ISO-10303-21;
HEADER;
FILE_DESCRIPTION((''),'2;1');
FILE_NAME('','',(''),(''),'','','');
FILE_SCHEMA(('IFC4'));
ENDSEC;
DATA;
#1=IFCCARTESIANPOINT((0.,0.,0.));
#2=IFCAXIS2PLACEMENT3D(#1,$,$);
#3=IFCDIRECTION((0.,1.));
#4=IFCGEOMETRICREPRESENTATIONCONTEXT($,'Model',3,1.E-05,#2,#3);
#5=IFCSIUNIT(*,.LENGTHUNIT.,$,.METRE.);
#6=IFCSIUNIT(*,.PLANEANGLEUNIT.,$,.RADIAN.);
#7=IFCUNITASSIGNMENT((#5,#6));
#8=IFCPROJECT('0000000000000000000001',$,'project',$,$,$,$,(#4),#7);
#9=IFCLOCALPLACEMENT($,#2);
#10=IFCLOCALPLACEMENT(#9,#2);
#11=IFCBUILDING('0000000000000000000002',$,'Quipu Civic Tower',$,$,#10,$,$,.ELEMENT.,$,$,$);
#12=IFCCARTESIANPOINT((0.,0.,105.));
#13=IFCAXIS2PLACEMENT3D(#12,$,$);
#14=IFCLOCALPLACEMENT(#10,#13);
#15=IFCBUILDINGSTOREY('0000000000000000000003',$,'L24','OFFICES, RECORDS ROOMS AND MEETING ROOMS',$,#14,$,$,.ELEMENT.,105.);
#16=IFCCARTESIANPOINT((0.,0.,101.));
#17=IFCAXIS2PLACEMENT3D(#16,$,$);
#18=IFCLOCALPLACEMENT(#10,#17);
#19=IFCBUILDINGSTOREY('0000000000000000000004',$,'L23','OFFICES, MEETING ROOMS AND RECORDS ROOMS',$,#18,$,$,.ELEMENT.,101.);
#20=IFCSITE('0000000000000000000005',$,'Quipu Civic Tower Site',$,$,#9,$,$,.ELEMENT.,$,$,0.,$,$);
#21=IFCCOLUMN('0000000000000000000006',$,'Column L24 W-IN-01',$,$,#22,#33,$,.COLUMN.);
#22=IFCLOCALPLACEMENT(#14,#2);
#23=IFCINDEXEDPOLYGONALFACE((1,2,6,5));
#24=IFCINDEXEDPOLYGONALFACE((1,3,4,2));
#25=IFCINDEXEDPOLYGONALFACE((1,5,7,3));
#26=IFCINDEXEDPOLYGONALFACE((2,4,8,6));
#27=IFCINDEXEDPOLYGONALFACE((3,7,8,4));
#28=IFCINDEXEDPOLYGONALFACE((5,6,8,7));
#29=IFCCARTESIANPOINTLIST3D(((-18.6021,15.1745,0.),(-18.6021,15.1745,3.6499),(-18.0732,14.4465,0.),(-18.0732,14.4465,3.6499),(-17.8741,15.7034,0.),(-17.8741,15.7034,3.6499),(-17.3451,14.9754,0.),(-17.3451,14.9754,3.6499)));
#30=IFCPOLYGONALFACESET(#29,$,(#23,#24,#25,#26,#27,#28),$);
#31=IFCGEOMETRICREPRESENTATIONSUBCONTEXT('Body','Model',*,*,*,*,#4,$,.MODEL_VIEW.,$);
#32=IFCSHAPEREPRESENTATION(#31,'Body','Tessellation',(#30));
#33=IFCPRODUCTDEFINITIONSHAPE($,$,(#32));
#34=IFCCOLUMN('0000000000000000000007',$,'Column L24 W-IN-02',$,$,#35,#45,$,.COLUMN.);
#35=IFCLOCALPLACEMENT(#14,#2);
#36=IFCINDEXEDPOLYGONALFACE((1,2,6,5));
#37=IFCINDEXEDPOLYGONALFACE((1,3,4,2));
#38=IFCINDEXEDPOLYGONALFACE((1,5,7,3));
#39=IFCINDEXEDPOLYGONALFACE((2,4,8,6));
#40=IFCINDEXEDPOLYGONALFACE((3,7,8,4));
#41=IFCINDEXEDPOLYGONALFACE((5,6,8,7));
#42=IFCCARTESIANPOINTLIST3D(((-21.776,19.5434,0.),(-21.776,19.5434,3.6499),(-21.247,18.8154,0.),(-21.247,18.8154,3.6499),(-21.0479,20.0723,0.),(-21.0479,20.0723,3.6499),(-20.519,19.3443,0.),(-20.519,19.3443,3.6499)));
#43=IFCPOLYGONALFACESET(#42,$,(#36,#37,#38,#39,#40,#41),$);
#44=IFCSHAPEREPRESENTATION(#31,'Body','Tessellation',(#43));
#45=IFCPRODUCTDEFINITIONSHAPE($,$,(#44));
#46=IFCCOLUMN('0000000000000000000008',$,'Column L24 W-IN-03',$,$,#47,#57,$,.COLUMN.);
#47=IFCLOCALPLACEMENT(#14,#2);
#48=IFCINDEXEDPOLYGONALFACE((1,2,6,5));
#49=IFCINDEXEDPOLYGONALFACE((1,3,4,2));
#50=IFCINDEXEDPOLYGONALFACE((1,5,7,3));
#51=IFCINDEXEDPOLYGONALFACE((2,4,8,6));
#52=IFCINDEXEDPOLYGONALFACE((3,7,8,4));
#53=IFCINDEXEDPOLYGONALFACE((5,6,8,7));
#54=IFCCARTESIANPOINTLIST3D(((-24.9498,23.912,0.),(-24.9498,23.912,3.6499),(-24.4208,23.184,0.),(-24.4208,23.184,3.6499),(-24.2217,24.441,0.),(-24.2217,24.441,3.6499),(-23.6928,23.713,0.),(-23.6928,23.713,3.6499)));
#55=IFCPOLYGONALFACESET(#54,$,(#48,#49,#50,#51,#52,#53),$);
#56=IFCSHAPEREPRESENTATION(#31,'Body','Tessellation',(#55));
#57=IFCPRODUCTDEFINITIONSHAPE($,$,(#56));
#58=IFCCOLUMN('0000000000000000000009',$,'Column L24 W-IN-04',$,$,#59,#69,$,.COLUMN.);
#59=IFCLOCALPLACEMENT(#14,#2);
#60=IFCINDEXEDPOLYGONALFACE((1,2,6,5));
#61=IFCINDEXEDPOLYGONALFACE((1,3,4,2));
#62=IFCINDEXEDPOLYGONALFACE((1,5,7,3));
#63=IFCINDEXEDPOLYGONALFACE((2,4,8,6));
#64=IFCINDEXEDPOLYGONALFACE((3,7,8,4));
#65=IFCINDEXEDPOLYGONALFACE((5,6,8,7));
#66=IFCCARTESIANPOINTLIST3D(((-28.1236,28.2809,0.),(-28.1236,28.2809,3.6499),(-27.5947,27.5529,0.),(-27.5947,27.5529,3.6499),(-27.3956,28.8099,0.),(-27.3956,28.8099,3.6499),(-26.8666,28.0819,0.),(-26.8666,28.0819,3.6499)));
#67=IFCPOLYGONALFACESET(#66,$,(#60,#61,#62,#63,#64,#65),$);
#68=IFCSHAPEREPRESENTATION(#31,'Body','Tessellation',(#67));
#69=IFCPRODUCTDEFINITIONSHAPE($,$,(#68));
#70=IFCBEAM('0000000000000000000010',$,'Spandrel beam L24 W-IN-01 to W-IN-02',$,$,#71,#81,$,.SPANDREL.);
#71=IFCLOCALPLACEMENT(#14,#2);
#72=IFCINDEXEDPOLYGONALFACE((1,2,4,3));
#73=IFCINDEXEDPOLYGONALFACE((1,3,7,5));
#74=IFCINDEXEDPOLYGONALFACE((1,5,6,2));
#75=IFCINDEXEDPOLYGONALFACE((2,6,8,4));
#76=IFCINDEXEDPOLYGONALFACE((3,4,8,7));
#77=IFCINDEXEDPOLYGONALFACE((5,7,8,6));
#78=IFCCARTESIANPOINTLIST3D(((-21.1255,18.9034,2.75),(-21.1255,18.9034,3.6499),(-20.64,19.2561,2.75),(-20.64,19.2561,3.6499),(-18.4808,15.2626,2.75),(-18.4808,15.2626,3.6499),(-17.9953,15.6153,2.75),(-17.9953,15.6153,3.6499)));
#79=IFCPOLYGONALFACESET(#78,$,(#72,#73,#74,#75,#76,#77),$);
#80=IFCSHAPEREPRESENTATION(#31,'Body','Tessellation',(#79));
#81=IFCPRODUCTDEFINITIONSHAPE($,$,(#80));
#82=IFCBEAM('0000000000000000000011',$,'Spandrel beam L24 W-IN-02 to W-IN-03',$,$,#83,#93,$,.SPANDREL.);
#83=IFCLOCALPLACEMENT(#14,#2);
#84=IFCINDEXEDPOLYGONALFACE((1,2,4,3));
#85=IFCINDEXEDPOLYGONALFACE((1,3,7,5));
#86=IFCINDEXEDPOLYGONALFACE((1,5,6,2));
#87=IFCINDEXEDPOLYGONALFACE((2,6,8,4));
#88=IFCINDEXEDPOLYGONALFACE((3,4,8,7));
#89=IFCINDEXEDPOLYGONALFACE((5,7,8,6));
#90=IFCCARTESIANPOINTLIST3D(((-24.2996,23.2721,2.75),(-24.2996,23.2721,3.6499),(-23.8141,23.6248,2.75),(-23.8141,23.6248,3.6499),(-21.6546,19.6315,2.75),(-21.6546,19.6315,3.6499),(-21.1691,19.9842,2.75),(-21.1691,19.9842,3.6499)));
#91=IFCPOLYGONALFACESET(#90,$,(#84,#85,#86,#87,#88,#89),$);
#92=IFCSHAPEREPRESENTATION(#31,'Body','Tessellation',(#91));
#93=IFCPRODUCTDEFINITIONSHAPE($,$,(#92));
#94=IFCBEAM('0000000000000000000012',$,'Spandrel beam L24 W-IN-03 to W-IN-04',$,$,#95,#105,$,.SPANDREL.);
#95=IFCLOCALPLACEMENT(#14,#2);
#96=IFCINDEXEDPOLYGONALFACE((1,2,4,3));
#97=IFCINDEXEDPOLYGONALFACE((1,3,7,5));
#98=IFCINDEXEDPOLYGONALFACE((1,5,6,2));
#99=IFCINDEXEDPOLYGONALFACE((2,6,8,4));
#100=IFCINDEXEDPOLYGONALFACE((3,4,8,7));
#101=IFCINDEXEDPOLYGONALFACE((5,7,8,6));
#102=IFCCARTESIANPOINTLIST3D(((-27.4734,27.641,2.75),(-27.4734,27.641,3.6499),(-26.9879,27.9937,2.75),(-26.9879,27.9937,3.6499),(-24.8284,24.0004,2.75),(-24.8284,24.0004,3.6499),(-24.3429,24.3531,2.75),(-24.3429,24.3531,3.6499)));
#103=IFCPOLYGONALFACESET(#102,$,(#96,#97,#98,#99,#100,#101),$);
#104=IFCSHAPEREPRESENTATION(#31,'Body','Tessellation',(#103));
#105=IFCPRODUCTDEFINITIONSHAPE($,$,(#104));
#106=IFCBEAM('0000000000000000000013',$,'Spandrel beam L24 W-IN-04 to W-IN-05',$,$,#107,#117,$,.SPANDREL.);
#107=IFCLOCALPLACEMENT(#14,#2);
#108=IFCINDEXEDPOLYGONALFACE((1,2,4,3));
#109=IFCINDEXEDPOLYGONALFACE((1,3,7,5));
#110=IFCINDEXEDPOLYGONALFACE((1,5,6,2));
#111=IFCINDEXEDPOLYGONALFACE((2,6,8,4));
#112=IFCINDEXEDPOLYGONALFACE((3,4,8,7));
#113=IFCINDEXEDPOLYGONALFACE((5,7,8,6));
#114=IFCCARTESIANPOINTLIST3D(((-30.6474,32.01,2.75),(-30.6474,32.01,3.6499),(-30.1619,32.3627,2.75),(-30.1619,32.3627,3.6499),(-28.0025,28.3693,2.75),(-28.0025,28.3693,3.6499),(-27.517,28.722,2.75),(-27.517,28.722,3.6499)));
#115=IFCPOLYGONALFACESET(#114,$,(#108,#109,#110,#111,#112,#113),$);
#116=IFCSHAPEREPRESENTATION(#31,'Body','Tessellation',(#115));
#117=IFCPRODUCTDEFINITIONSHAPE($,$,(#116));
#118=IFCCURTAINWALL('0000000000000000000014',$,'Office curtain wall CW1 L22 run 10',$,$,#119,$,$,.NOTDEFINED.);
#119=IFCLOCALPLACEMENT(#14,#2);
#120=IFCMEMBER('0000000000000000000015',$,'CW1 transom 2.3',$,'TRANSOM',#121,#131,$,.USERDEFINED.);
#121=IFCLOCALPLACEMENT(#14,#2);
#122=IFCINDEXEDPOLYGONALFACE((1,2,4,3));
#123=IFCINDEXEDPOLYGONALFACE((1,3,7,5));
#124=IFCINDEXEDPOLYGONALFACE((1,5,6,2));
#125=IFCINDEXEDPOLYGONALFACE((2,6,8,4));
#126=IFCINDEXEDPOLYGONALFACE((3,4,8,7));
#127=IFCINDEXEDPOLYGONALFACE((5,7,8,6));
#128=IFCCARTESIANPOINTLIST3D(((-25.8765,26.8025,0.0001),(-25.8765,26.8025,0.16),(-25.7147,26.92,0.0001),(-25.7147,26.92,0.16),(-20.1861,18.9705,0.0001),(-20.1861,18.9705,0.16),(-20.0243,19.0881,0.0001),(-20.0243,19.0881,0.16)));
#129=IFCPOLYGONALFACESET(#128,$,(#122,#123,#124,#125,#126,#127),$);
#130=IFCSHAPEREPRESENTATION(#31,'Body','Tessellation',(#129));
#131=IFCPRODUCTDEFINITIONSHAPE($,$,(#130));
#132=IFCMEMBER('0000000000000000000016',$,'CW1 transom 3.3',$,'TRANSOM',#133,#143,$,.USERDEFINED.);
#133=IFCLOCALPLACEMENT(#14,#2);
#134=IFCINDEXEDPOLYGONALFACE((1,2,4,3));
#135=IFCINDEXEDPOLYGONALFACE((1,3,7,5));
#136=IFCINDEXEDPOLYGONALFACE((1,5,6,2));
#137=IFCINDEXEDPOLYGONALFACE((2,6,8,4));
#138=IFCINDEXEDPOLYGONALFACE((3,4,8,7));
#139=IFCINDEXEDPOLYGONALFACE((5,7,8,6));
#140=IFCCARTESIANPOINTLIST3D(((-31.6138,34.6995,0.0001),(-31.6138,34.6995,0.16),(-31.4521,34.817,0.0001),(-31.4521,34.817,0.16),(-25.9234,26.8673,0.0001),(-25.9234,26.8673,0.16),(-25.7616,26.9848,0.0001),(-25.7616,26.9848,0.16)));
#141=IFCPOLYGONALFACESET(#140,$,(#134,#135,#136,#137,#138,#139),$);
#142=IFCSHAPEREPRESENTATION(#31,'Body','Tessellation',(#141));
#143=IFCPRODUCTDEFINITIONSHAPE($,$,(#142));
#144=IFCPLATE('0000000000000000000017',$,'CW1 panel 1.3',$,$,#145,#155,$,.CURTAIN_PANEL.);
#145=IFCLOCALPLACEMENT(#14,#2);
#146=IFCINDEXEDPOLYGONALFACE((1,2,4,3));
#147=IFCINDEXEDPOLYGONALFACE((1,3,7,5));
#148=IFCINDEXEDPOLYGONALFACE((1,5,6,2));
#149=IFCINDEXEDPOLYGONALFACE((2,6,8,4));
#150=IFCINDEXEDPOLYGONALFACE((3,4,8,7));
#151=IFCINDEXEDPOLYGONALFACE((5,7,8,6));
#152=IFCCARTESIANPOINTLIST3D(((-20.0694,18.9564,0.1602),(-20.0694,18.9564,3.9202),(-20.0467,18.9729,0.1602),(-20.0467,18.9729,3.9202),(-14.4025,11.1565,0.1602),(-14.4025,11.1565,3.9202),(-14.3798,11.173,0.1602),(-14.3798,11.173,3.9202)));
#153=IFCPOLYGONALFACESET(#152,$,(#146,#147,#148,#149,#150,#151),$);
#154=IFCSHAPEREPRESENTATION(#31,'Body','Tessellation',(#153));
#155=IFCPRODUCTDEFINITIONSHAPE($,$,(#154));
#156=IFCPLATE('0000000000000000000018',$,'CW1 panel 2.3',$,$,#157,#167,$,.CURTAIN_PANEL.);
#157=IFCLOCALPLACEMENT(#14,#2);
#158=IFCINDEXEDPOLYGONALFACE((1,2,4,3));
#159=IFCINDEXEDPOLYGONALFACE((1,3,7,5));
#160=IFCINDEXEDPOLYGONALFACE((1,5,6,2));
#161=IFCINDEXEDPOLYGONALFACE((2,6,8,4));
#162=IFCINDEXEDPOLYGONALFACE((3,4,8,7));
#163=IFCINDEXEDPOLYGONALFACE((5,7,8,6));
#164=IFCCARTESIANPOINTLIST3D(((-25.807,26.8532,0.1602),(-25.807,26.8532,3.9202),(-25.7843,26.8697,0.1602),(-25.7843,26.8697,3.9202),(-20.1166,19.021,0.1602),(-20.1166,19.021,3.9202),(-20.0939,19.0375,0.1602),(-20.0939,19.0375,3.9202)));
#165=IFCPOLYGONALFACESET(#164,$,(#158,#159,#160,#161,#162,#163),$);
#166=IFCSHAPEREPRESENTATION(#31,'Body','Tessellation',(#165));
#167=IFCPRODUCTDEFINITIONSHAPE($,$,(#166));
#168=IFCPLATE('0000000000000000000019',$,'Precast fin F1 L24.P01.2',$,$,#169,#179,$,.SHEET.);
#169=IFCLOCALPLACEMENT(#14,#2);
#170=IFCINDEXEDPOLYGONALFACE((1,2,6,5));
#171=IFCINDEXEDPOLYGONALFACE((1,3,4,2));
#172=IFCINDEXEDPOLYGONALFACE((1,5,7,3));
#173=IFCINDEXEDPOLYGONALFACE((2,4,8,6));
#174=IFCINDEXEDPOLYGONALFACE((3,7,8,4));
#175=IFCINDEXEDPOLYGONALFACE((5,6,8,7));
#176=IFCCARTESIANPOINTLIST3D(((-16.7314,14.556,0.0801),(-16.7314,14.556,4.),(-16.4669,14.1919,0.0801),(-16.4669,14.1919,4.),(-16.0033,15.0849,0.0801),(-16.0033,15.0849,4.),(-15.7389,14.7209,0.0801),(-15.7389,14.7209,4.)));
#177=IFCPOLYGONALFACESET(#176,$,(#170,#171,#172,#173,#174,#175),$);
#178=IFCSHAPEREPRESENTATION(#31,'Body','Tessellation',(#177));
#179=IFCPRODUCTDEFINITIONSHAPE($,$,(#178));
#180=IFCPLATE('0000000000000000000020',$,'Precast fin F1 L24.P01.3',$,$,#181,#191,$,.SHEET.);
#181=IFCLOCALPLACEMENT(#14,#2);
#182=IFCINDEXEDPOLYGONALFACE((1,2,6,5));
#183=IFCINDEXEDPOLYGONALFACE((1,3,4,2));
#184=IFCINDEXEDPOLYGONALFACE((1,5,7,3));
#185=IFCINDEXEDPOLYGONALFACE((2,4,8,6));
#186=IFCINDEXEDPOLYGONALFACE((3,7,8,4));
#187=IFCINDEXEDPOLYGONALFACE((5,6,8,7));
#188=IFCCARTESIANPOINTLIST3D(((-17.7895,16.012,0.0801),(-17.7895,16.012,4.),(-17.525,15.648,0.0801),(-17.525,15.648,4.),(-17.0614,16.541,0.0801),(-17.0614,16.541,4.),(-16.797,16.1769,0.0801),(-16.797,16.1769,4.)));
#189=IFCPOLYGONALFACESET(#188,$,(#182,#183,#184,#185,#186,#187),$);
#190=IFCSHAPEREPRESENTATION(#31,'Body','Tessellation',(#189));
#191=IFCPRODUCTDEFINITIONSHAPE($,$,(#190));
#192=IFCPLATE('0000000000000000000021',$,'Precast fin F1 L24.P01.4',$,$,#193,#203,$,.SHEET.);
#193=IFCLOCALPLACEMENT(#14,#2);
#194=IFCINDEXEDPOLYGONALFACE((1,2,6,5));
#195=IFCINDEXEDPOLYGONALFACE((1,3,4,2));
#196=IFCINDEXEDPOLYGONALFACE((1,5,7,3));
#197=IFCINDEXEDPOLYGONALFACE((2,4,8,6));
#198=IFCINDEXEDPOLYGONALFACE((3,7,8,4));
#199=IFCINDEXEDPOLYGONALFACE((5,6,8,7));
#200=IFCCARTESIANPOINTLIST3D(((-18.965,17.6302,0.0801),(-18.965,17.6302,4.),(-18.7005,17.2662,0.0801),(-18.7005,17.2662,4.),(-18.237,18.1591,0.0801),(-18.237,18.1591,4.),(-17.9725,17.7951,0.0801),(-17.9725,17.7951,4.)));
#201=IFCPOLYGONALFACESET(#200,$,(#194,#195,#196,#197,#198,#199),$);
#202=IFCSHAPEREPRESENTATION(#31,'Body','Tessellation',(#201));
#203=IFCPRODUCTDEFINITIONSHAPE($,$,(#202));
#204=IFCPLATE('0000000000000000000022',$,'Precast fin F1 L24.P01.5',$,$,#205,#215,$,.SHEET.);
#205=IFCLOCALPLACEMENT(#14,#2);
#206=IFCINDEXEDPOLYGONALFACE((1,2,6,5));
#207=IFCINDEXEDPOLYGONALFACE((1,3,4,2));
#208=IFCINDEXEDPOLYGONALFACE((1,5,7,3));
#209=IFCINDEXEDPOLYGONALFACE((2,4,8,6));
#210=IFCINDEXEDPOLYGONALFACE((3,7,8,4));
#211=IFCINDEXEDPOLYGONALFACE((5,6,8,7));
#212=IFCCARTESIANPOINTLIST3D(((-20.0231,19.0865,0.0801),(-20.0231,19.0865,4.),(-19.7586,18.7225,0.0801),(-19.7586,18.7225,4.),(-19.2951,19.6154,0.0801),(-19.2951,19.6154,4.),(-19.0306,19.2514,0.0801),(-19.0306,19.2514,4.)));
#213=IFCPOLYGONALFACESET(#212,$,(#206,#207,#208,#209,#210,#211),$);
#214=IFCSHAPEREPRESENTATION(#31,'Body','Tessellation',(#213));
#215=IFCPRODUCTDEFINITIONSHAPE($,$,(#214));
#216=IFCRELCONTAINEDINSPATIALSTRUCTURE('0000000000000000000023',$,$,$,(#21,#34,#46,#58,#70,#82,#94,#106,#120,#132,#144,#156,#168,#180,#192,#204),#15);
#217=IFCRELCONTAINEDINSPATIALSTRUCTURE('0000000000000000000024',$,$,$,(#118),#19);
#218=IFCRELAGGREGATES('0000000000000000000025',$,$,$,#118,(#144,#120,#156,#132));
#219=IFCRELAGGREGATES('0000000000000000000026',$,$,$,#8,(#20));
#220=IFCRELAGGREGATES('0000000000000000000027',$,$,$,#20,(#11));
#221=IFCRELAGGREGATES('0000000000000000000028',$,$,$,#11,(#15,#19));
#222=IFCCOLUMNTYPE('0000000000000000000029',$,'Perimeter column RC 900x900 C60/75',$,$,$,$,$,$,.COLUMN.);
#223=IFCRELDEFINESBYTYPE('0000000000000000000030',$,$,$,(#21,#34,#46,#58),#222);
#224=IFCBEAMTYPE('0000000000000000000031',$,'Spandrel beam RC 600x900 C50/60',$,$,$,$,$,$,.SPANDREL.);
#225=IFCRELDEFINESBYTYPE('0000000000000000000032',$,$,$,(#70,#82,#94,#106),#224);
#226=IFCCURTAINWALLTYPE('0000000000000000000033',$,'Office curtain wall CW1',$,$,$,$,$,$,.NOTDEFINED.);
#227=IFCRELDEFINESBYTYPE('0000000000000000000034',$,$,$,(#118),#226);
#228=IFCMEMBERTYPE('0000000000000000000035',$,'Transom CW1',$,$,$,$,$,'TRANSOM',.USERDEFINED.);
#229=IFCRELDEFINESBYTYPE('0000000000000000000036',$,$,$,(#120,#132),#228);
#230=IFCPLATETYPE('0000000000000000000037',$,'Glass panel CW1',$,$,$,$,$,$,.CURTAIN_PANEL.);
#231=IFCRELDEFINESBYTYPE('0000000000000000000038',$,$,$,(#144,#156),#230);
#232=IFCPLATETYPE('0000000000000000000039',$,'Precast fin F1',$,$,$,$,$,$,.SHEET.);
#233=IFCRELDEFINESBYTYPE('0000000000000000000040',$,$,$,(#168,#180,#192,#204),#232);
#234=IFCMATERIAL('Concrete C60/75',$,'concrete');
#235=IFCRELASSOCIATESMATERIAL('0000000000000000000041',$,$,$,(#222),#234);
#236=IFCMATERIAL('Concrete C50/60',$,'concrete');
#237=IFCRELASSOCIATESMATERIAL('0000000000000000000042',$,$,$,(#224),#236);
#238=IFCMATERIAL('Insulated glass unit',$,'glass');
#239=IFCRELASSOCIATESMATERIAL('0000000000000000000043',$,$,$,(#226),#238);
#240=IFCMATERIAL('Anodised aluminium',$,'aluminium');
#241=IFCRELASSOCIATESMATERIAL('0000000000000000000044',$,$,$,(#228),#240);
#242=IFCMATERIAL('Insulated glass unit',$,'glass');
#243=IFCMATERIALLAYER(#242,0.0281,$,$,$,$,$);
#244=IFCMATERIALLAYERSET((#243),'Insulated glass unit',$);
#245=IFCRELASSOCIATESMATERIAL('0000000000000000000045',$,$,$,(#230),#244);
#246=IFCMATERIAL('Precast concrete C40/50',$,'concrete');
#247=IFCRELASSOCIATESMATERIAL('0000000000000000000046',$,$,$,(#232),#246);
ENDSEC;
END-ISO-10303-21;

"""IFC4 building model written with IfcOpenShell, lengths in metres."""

from ifc_helpers import new_model, si_unit, direction, frame, origin, origin_2d, place, context, subcontext, project, spatial, rectangle, extrude, material, layer, layer_set, material_profile, profile_set, type_object, element, aggregate, save


model = new_model("IFC4")

# Units and contexts
model_context = context("Model", 3, precision=1e-05, world=origin(), true_north=direction((0.0, 1.0)))
body_context = subcontext(model_context, "Body", "Model", "MODEL_VIEW")
ifc_project = project(units=[si_unit("LENGTHUNIT", "METRE"), si_unit("PLANEANGLEUNIT", "RADIAN")], contexts=[model_context])

# Site, building, storey
site_placement = place(None, origin())
site = spatial("IfcSite", under=ifc_project, at=site_placement, Name="Quipu Civic Tower Site", CompositionType="ELEMENT", RefElevation=0.0)
building_placement = place(site_placement, origin())
building = spatial("IfcBuilding", under=site, at=building_placement, Name="Quipu Civic Tower", CompositionType="ELEMENT")
storey_1_placement = place(building_placement, frame((0.0, 0.0, 105.0)))
storey_1 = spatial("IfcBuildingStorey", under=building, at=storey_1_placement, Name="L24", Description="OFFICES, RECORDS ROOMS AND MEETING ROOMS", CompositionType="ELEMENT", Elevation=105.0)

# Columns
ifc_material_1 = material(Name="Concrete C60/75", Category="concrete")
ifc_material_profile_1 = material_profile(ifc_material_1, rectangle(XDim=0.8999, YDim=0.8999, at=origin_2d()), Name="RC900x900")
ifc_profile_set_1 = profile_set([ifc_material_profile_1], Name="Concrete C60/75")
column_type = type_object("IfcColumnType", Name="Perimeter column RC 900x900 C60/75", PredefinedType="COLUMN", material=ifc_profile_set_1)
for number, where, z_axis, x_axis, name in (
    (1, (-17.9736, 15.075, 0.0), (0.0, 0.0, 1.0), (-0.587785, 0.809017, 0.0), "Column L24 W-IN-01"),
    (2, (-21.1475, 19.4438, 0.0), (0.0, 0.0, 1.0), (-0.587785, 0.809017, 0.0), "Column L24 W-IN-02"),
    (3, (-24.3213, 23.8125, 0.0), (0.0, 0.0, 1.0), (-0.587785, 0.809017, 0.0), "Column L24 W-IN-03"),
    (4, (-27.4951, 28.1814, 0.0), (0.0, 0.0, 1.0), (-0.587785, 0.809017, 0.0), "Column L24 W-IN-04"),
):
    element("IfcColumn", number, at=place(storey_1_placement, frame(where, z_axis=z_axis, x_axis=x_axis)), inside=storey_1, type_object=column_type, Name=name, PredefinedType="COLUMN", context=body_context, shape_type="SweptSolid", body=[
        extrude(rectangle(XDim=0.8999, YDim=0.8999, at=origin_2d()), origin(), (0.0, 0.0, 1.0), 3.6499),
    ])

# Beams
ifc_material_2 = material(Name="Concrete C50/60", Category="concrete")
ifc_material_profile_2 = material_profile(ifc_material_2, rectangle(XDim=0.6001, YDim=0.8999, at=origin_2d()), Name="RC600x900")
ifc_profile_set_2 = profile_set([ifc_material_profile_2], Name="Concrete C50/60")
beam_type = type_object("IfcBeamType", Name="Spandrel beam RC 600x900 C50/60", PredefinedType="SPANDREL", material=ifc_profile_set_2)
for number, where, z_axis, x_axis, name in (
    (5, (-18.238, 15.439, 3.2), (-0.587717, 0.809067, 0.0), (-0.809067, -0.587717, 0.0), "Spandrel beam L24 W-IN-01 to W-IN-02"),
    (6, (-21.4119, 19.8079, 3.2), (-0.587778, 0.809022, 0.0), (-0.809022, -0.587778, 0.0), "Spandrel beam L24 W-IN-02 to W-IN-03"),
    (7, (-24.5857, 24.1768, 3.2), (-0.587778, 0.809022, 0.0), (-0.809022, -0.587778, 0.0), "Spandrel beam L24 W-IN-03 to W-IN-04"),
    (8, (-27.7598, 28.5457, 3.2), (-0.587743, 0.809048, 0.0), (-0.809048, -0.587743, 0.0), "Spandrel beam L24 W-IN-04 to W-IN-05"),
):
    element("IfcBeam", number, at=place(storey_1_placement, frame(where, z_axis=z_axis, x_axis=x_axis)), inside=storey_1, type_object=beam_type, Name=name, PredefinedType="SPANDREL", context=body_context, shape_type="SweptSolid", body=[
        extrude(rectangle(XDim=0.6001, YDim=0.8999, at=origin_2d()), origin(), (0.0, 0.0, 1.0), 4.5),
    ])

# Shared definitions
storey_2_placement = place(building_placement, frame((0.0, 0.0, 101.0)))
storey_2 = spatial("IfcBuildingStorey", under=building, at=storey_2_placement, Name="L23", Description="OFFICES, MEETING ROOMS AND RECORDS ROOMS", CompositionType="ELEMENT", Elevation=101.0)

# Curtain wall, members, plates
ifc_material_3 = material(Name="Insulated glass unit", Category="glass")
curtain_wall_type = type_object("IfcCurtainWallType", Name="Office curtain wall CW1", PredefinedType="NOTDEFINED", material=ifc_material_3)
curtain_wall_placement = place(storey_2_placement, origin())
curtain_wall = element("IfcCurtainWall", 9, at=curtain_wall_placement, inside=storey_2, type_object=curtain_wall_type, Name="Office curtain wall CW1 L22 run 10", PredefinedType="NOTDEFINED")
ifc_material_4 = material(Name="Anodised aluminium", Category="aluminium")
ifc_material_profile_3 = material_profile(ifc_material_4, rectangle(XDim=0.2, YDim=0.1599, at=origin_2d()), Name="RECT 200x160")
ifc_profile_set_3 = profile_set([ifc_material_profile_3], Name="Anodised aluminium")
member_type = type_object("IfcMemberType", Name="Transom CW1", ElementType="TRANSOM", PredefinedType="USERDEFINED", material=ifc_profile_set_3)
member_1_placement = place(storey_1_placement, frame((-20.1052, 19.0293, 0.0801), z_axis=(-0.587794, 0.809011, 0.0), x_axis=(-0.809011, -0.587794, 0.0)))
member_1 = element("IfcMember", 10, at=member_1_placement, inside=storey_1, type_object=member_type, Name="CW1 transom 2.3", ObjectType="TRANSOM", PredefinedType="USERDEFINED", context=body_context, shape_type="SweptSolid", body=[
    extrude(rectangle(XDim=0.2, YDim=0.1599, at=origin_2d()), origin(), (0.0, 0.0, 1.0), 9.6809),
])
member_2_placement = place(storey_1_placement, frame((-25.8425, 26.926, 0.0801), z_axis=(-0.587782, 0.80902, 0.0), x_axis=(-0.80902, -0.587782, 0.0)))
member_2 = element("IfcMember", 11, at=member_2_placement, inside=storey_1, type_object=member_type, Name="CW1 transom 3.3", ObjectType="TRANSOM", PredefinedType="USERDEFINED", context=body_context, shape_type="SweptSolid", body=[
    extrude(rectangle(XDim=0.2, YDim=0.1599, at=origin_2d()), origin(), (0.0, 0.0, 1.0), 9.6812),
])
ifc_material_5 = material(Name="Insulated glass unit", Category="glass")
ifc_layer_1 = layer(ifc_material_5, 0.0281)
ifc_layer_set_1 = layer_set([ifc_layer_1], Name="Insulated glass unit")
plate_type_1 = type_object("IfcPlateType", Name="Glass panel CW1", PredefinedType="CURTAIN_PANEL", material=ifc_layer_set_1)
plate_1_placement = place(storey_1_placement, frame((-17.2246, 15.0647, 0.1602), z_axis=(0.0, 0.0, 1.0), x_axis=(-0.587786, 0.809017, 0.0)))
plate_1 = element("IfcPlate", 12, at=plate_1_placement, inside=storey_1, type_object=plate_type_1, Name="CW1 panel 1.3", PredefinedType="CURTAIN_PANEL", context=body_context, shape_type="SweptSolid", body=[
    extrude(rectangle(XDim=9.6411, YDim=0.0281, at=origin_2d()), origin(), (0.0, 0.0, 1.0), 3.76),
])
plate_2_placement = place(storey_1_placement, frame((-22.9504, 22.9453, 0.1602), z_axis=(0.0, 0.0, 1.0), x_axis=(-0.587786, 0.809017, 0.0)))
plate_2 = element("IfcPlate", 13, at=plate_2_placement, inside=storey_1, type_object=plate_type_1, Name="CW1 panel 2.3", PredefinedType="CURTAIN_PANEL", context=body_context, shape_type="SweptSolid", body=[
    extrude(rectangle(XDim=9.6812, YDim=0.0281, at=origin_2d()), origin(), (0.0, 0.0, 1.0), 3.76),
])
aggregate(curtain_wall, [plate_1, member_1, plate_2, member_2])

# Plates
ifc_material_6 = material(Name="Precast concrete C40/50", Category="concrete")
plate_type_2 = type_object("IfcPlateType", Name="Precast fin F1", PredefinedType="SHEET", material=ifc_material_6)
for number, where, z_axis, x_axis, name in (
    (14, (-16.2351, 14.6384, 0.0801), (0.0, 0.0, 1.0), (-0.587785, 0.809017, 0.0), "Precast fin F1 L24.P01.2"),
    (15, (-17.2932, 16.0945, 0.0801), (0.0, 0.0, 1.0), (-0.587785, 0.809017, 0.0), "Precast fin F1 L24.P01.3"),
    (16, (-18.4688, 17.7126, 0.0801), (0.0, 0.0, 1.0), (-0.587785, 0.809017, 0.0), "Precast fin F1 L24.P01.4"),
    (17, (-19.5269, 19.1689, 0.0801), (0.0, 0.0, 1.0), (-0.587785, 0.809017, 0.0), "Precast fin F1 L24.P01.5"),
):
    element("IfcPlate", number, at=place(storey_1_placement, frame(where, z_axis=z_axis, x_axis=x_axis)), inside=storey_1, type_object=plate_type_2, Name=name, PredefinedType="SHEET", context=body_context, shape_type="SweptSolid", body=[
        extrude(rectangle(XDim=0.45, YDim=0.8999, at=origin_2d()), origin(), (0.0, 0.0, 1.0), 3.9199),
    ])

save(model, "model.ifc")
